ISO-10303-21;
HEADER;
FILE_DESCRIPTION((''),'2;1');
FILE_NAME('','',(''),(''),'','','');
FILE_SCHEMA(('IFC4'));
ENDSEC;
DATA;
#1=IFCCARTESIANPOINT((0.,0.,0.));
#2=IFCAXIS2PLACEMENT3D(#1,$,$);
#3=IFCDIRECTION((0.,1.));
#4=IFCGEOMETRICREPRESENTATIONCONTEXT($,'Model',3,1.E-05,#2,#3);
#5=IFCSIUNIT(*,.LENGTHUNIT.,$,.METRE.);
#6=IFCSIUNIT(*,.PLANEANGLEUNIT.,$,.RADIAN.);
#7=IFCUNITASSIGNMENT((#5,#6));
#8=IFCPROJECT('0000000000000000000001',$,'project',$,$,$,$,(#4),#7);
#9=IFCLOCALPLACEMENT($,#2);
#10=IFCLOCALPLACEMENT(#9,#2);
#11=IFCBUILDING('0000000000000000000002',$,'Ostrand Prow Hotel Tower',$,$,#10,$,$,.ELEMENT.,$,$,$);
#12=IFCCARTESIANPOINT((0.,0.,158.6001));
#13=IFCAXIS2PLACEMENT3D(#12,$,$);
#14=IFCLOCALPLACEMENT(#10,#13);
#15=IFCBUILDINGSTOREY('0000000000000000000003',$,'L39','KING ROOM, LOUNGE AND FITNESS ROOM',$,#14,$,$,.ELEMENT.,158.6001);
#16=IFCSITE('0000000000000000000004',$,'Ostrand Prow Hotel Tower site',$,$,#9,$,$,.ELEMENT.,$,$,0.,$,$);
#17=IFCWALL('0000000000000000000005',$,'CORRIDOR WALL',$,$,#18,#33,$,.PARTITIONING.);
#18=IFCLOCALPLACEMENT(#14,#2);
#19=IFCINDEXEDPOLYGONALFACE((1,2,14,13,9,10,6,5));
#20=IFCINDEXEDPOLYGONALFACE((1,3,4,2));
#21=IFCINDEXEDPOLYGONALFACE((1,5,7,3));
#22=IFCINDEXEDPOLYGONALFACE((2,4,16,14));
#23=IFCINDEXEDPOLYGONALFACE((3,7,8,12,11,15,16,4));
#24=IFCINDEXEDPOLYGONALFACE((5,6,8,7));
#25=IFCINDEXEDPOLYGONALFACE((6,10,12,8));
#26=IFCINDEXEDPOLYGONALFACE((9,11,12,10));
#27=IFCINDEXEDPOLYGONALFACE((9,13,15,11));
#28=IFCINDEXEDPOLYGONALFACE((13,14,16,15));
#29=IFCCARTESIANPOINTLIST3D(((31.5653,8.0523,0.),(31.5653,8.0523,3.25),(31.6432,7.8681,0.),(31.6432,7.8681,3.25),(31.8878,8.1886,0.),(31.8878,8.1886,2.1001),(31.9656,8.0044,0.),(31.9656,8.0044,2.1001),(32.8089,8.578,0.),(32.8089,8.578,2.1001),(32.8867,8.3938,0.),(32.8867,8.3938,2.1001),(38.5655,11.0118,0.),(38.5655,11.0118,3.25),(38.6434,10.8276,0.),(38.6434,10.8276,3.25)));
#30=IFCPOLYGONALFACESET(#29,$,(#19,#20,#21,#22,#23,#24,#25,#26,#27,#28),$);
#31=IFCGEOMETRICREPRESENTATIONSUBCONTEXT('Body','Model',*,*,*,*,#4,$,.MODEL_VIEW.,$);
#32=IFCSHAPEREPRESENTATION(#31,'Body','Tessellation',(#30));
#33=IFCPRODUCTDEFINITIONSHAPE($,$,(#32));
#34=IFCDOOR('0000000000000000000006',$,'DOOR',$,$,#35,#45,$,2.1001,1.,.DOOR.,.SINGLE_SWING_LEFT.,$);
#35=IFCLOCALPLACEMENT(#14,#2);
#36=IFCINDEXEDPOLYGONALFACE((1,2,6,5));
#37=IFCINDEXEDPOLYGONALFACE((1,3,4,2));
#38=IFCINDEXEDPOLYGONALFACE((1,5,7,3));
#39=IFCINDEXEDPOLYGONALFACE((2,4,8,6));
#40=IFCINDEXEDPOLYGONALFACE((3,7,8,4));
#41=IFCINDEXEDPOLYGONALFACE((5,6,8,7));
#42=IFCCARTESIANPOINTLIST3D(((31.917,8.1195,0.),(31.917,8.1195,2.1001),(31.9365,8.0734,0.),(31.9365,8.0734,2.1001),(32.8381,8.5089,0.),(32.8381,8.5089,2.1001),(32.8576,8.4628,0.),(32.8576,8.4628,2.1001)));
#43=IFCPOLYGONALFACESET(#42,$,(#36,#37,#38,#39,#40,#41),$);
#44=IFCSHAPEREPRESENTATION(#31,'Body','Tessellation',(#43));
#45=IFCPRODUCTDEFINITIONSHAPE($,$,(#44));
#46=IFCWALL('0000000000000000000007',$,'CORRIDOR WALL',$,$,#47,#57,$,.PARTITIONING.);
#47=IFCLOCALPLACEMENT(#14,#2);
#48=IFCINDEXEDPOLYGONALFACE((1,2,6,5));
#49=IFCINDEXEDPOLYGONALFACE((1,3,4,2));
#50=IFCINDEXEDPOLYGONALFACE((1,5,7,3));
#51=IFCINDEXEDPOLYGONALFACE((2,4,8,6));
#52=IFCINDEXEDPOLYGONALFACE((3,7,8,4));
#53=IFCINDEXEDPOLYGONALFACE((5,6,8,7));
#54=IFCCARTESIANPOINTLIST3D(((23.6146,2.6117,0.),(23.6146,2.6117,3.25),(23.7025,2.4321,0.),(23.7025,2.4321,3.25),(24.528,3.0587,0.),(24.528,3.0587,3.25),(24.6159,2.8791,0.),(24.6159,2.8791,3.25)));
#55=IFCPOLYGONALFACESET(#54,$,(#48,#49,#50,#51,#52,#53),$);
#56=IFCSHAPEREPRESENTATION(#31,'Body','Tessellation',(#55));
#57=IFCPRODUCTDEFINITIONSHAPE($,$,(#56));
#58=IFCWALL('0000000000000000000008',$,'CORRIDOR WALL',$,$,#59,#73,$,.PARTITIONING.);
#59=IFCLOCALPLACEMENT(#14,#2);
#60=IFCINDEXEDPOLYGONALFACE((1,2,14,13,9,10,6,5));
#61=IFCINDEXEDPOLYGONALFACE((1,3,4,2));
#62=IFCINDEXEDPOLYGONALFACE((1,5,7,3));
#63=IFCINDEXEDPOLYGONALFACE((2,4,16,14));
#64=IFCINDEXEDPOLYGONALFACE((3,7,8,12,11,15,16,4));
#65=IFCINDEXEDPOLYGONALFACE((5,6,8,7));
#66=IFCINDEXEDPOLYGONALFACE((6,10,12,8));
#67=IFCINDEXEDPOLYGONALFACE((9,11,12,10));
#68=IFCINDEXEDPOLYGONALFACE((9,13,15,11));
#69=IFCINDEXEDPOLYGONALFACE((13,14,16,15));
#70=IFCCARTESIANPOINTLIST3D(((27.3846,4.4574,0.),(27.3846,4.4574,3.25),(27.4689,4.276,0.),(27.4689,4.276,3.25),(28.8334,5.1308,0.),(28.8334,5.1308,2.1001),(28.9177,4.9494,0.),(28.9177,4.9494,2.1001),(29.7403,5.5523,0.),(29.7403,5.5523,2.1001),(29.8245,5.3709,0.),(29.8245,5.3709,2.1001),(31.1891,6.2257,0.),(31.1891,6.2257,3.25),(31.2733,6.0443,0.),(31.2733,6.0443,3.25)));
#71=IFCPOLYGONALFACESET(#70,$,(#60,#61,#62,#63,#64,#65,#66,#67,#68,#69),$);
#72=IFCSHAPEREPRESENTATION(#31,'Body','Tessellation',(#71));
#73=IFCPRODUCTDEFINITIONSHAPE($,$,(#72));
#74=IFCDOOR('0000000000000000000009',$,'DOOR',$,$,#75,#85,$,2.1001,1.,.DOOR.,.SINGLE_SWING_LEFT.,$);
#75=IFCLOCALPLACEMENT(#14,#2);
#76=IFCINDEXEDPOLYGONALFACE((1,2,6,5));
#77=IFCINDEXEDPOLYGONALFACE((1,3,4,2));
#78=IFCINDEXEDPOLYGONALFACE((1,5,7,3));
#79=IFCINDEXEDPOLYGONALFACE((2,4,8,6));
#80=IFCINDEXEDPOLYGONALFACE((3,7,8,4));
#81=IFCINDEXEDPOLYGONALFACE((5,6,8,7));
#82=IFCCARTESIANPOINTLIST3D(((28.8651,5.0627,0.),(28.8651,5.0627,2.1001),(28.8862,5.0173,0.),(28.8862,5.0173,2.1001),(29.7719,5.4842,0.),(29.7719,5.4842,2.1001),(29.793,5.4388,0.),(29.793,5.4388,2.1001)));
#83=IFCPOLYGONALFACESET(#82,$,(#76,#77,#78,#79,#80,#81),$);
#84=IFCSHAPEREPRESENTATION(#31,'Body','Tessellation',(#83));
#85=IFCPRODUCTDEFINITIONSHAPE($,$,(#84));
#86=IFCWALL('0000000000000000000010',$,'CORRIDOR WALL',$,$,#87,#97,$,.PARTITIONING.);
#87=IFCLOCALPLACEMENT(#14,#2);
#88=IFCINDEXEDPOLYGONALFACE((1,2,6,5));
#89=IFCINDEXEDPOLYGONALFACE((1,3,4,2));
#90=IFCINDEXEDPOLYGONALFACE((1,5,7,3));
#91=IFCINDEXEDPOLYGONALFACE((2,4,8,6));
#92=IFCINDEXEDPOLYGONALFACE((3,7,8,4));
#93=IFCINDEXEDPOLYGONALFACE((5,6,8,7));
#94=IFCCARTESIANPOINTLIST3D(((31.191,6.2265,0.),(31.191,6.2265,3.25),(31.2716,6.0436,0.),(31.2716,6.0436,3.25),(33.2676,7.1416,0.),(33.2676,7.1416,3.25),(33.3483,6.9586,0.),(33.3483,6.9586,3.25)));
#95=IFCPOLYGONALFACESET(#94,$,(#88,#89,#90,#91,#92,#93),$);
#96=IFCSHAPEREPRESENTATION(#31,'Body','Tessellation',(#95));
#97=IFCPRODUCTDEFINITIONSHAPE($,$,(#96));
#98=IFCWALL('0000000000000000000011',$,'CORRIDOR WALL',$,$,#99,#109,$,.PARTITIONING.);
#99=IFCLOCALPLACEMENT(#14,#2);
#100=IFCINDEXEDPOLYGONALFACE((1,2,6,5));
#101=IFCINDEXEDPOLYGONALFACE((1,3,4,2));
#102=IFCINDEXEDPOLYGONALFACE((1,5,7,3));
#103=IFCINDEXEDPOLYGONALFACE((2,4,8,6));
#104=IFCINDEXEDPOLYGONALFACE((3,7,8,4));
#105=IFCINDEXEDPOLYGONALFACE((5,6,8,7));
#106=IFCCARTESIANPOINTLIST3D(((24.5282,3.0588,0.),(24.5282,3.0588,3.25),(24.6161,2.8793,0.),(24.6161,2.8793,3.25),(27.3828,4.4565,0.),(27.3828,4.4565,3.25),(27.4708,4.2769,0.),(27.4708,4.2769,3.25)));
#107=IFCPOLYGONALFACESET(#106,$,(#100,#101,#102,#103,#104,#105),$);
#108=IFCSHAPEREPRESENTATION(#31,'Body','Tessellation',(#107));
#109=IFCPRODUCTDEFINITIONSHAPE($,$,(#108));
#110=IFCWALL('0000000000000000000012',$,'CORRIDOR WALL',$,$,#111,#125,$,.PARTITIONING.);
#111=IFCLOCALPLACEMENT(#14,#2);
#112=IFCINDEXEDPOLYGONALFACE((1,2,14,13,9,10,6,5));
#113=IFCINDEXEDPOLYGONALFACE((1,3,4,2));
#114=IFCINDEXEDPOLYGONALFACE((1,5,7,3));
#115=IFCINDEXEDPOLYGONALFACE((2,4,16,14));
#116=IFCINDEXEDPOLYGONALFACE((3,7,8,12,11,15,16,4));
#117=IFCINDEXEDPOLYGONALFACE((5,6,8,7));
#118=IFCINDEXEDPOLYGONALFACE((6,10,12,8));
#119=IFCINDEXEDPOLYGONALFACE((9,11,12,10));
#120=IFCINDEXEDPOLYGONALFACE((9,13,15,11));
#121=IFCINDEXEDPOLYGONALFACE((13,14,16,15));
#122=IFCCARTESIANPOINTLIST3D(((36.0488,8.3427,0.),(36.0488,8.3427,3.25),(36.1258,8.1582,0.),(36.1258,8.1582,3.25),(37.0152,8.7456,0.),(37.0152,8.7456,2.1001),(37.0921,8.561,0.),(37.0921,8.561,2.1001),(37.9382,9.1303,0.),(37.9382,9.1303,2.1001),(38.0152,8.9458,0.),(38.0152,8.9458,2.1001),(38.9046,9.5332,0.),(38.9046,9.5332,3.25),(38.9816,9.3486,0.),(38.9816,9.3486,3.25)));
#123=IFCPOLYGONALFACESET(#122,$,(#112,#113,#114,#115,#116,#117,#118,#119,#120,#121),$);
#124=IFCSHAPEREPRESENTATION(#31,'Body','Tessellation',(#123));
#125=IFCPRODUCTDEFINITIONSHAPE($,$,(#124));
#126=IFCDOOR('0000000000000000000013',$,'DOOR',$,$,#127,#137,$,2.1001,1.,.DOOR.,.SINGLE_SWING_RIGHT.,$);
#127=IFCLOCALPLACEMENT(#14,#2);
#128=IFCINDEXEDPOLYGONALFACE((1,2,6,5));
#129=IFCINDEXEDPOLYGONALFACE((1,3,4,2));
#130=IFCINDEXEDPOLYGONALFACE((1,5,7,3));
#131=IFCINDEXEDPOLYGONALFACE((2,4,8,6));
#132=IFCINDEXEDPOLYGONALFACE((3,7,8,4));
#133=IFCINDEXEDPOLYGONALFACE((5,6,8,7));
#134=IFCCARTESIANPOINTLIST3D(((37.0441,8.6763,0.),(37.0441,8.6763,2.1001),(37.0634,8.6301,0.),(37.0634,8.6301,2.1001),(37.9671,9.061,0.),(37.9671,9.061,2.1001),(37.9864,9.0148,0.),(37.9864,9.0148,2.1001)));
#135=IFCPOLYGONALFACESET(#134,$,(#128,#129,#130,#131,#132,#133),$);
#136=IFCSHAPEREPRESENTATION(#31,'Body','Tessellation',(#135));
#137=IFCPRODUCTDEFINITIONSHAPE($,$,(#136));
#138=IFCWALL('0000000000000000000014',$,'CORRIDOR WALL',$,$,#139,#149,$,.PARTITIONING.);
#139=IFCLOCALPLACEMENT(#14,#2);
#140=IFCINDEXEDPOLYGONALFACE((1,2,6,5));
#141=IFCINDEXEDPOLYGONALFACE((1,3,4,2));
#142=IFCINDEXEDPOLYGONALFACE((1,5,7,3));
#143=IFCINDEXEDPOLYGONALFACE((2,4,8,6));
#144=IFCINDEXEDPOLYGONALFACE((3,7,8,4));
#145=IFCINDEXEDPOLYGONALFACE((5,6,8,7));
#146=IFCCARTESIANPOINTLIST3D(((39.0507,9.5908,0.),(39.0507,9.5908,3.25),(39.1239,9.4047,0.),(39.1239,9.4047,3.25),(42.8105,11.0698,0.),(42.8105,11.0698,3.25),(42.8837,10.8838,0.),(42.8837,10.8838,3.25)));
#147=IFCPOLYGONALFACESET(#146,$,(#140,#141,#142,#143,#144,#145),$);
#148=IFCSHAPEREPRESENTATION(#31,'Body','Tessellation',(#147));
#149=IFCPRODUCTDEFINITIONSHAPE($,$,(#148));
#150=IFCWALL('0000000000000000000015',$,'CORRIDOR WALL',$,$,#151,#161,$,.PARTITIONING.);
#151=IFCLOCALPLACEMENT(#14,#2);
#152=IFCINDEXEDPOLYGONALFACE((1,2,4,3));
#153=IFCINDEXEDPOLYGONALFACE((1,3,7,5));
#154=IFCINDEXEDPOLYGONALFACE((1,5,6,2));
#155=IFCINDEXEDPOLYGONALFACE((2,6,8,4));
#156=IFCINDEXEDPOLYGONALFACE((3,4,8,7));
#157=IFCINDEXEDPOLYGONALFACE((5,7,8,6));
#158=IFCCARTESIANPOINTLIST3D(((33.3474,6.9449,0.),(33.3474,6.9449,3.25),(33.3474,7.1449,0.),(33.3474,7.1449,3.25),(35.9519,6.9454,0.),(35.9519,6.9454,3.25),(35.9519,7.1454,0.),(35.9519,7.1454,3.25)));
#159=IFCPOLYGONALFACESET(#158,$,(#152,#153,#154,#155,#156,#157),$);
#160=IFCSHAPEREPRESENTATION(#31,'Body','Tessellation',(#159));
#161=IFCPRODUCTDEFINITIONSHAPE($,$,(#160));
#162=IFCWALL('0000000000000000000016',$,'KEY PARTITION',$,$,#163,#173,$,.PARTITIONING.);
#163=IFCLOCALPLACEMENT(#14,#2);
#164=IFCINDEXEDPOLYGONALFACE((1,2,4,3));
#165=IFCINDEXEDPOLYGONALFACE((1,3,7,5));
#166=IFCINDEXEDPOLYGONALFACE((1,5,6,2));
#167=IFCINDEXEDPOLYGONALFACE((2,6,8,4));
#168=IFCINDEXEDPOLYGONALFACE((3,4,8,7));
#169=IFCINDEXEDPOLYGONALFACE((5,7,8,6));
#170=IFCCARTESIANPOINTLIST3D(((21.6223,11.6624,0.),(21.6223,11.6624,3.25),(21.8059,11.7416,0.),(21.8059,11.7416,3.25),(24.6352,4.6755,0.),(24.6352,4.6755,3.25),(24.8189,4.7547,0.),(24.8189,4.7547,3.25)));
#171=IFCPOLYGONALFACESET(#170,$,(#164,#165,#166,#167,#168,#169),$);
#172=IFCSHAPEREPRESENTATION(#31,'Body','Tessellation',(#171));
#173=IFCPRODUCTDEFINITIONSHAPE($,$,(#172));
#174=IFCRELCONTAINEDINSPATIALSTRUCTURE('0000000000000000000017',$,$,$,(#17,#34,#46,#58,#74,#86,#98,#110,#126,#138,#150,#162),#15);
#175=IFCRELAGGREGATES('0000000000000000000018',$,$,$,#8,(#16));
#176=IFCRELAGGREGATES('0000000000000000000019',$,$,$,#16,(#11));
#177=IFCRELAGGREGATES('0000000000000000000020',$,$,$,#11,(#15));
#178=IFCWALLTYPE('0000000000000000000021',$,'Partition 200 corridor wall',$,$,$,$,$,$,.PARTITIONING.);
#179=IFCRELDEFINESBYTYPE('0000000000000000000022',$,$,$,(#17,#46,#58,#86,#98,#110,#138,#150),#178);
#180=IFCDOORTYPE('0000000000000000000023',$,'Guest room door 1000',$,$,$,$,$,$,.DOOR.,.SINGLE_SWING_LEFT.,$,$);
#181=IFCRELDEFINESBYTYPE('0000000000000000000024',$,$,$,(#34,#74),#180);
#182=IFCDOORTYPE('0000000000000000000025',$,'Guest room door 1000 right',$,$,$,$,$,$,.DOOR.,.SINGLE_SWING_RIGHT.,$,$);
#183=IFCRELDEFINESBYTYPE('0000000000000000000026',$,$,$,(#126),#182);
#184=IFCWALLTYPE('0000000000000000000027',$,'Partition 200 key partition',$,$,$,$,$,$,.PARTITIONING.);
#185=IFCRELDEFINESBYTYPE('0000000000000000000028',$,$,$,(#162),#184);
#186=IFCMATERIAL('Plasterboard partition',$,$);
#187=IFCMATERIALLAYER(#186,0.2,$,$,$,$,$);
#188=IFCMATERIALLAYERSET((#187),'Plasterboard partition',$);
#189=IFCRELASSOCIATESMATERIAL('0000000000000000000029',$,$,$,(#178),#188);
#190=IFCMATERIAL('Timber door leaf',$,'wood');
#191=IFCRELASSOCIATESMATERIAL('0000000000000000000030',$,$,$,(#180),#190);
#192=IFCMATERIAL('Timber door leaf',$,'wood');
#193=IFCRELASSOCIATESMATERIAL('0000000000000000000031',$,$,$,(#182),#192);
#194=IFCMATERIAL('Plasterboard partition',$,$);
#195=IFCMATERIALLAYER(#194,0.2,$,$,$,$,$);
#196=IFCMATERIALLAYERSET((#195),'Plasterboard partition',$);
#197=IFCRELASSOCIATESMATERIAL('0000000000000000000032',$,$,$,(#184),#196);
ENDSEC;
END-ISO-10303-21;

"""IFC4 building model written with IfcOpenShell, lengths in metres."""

from ifc_helpers import new_model, si_unit, direction, frame, frame_2d, origin, place, context, subcontext, project, spatial, rectangle, extrude, material, layer, layer_set, type_object, element, fill, save


model = new_model("IFC4")

# Units and contexts
model_context = context("Model", 3, precision=1e-05, world=origin(), true_north=direction((0.0, 1.0)))
body_context = subcontext(model_context, "Body", "Model", "MODEL_VIEW")
ifc_project = project(units=[si_unit("LENGTHUNIT", "METRE"), si_unit("PLANEANGLEUNIT", "RADIAN")], contexts=[model_context])

# Site, building, storey
site_placement = place(None, origin())
site = spatial("IfcSite", under=ifc_project, at=site_placement, Name="Ostrand Prow Hotel Tower site", CompositionType="ELEMENT", RefElevation=0.0)
building_placement = place(site_placement, origin())
building = spatial("IfcBuilding", under=site, at=building_placement, Name="Ostrand Prow Hotel Tower", CompositionType="ELEMENT")
storey_placement = place(building_placement, frame((0.0, 0.0, 158.6001)))
storey = spatial("IfcBuildingStorey", under=building, at=storey_placement, Name="L39", Description="KING ROOM, LOUNGE AND FITNESS ROOM", CompositionType="ELEMENT", Elevation=158.6001)

# Wall, opening, door
ifc_material_1 = material(Name="Plasterboard partition")
ifc_layer_1 = layer(ifc_material_1, 0.2)
ifc_layer_set_1 = layer_set([ifc_layer_1], Name="Plasterboard partition")
wall_type_1 = type_object("IfcWallType", Name="Partition 200 corridor wall", PredefinedType="PARTITIONING", material=ifc_layer_set_1)
ifc_material_2 = material(Name="Timber door leaf", Category="wood")
door_type_1 = type_object("IfcDoorType", Name="Guest room door 1000", OperationType="SINGLE_SWING_LEFT", PredefinedType="DOOR", material=ifc_material_2)
wall_1_placement = place(storey_placement, frame((31.6042, 7.9602, 0.0), z_axis=(0.0, 0.0, 1.0), x_axis=(0.92107, 0.389398, 0.0)))
wall_1 = element("IfcWall", 1, at=wall_1_placement, inside=storey, type_object=wall_type_1, Name="CORRIDOR WALL", PredefinedType="PARTITIONING", context=body_context, shape_type="SweptSolid", body=[
    extrude(rectangle(XDim=7.6001, YDim=0.2, at=frame_2d((3.8, 0.0))), origin(), (0.0, 0.0, 1.0), 3.25),
])
opening_1_placement = place(wall_1_placement, frame((0.3501, 0.0, 0.0)))
opening_1 = element("IfcOpeningElement", 2, at=opening_1_placement, cuts=wall_1, PredefinedType="OPENING", context=body_context, shape_type="SweptSolid", body=[
    extrude(rectangle(XDim=1.0, YDim=2.1001, at=frame_2d((0.5, 1.05))), frame((0.0, 0.1099, 0.0), z_axis=(0.0, -1.0, 0.0), x_axis=(1.0, 0.0, 0.0)), (0.0, 0.0, 1.0), 0.22),
])
door_1_placement = place(opening_1_placement, origin())
door_1 = element("IfcDoor", 3, at=door_1_placement, inside=storey, type_object=door_type_1, Name="DOOR", OperationType="SINGLE_SWING_LEFT", OverallHeight=2.1001, OverallWidth=1.0, PredefinedType="DOOR", context=body_context, shape_type="SweptSolid", body=[
    extrude(rectangle(XDim=1.0, YDim=2.1001, at=frame_2d((0.5, 1.05))), frame((0.0, 0.0249, 0.0), z_axis=(0.0, -1.0, 0.0), x_axis=(1.0, 0.0, 0.0)), (0.0, 0.0, 1.0), 0.05),
])
fill(opening_1, door_1)

# Wall
wall_2_placement = place(storey_placement, frame((23.6587, 2.522, 0.0), z_axis=(0.0, 0.0, 1.0), x_axis=(0.898188, 0.439611, 0.0)))
element("IfcWall", 4, at=wall_2_placement, inside=storey, type_object=wall_type_1, Name="CORRIDOR WALL", PredefinedType="PARTITIONING", context=body_context, shape_type="SweptSolid", body=[
    extrude(rectangle(XDim=1.0168, YDim=0.2, at=frame_2d((0.5083, 0.0))), origin(), (0.0, 0.0, 1.0), 3.25),
])

# Wall, opening, door
wall_3_placement = place(storey_placement, frame((27.4268, 4.3667, 0.0), z_axis=(0.0, 0.0, 1.0), x_axis=(0.90683, 0.421496, 0.0)))
wall_3 = element("IfcWall", 5, at=wall_3_placement, inside=storey, type_object=wall_type_1, Name="CORRIDOR WALL", PredefinedType="PARTITIONING", context=body_context, shape_type="SweptSolid", body=[
    extrude(rectangle(XDim=4.1953, YDim=0.2, at=frame_2d((2.0977, 0.0))), origin(), (0.0, 0.0, 1.0), 3.25),
])
opening_2_placement = place(wall_3_placement, frame((1.5977, 0.0, 0.0)))
opening_2 = element("IfcOpeningElement", 6, at=opening_2_placement, cuts=wall_3, PredefinedType="OPENING", context=body_context, shape_type="SweptSolid", body=[
    extrude(rectangle(XDim=1.0, YDim=2.1001, at=frame_2d((0.5, 1.05))), frame((0.0, 0.1099, 0.0), z_axis=(0.0, -1.0, 0.0), x_axis=(1.0, 0.0, 0.0)), (0.0, 0.0, 1.0), 0.22),
])
door_2_placement = place(opening_2_placement, origin())
door_2 = element("IfcDoor", 7, at=door_2_placement, inside=storey, type_object=door_type_1, Name="DOOR", OperationType="SINGLE_SWING_LEFT", OverallHeight=2.1001, OverallWidth=1.0, PredefinedType="DOOR", context=body_context, shape_type="SweptSolid", body=[
    extrude(rectangle(XDim=1.0, YDim=2.1001, at=frame_2d((0.5, 1.05))), frame((0.0, 0.0249, 0.0), z_axis=(0.0, -1.0, 0.0), x_axis=(1.0, 0.0, 0.0)), (0.0, 0.0, 1.0), 0.05),
])
fill(opening_2, door_2)

# Walls
wall_4_placement = place(storey_placement, frame((31.2312, 6.135, 0.0), z_axis=(0.0, 0.0, 1.0), x_axis=(0.915102, 0.403222, 0.0)))
element("IfcWall", 8, at=wall_4_placement, inside=storey, type_object=wall_type_1, Name="CORRIDOR WALL", PredefinedType="PARTITIONING", context=body_context, shape_type="SweptSolid", body=[
    extrude(rectangle(XDim=2.2693, YDim=0.2, at=frame_2d((1.1348, 0.0))), origin(), (0.0, 0.0, 1.0), 3.25),
])
wall_5_placement = place(storey_placement, frame((24.572, 2.969, 0.0), z_axis=(0.0, 0.0, 1.0), x_axis=(0.898129, 0.439732, 0.0)))
element("IfcWall", 9, at=wall_5_placement, inside=storey, type_object=wall_type_1, Name="CORRIDOR WALL", PredefinedType="PARTITIONING", context=body_context, shape_type="SweptSolid", body=[
    extrude(rectangle(XDim=3.1785, YDim=0.2, at=frame_2d((1.5894, 0.0))), origin(), (0.0, 0.0, 1.0), 3.25),
])

# Wall, opening, door
wall_6_placement = place(storey_placement, frame((36.0874, 8.2505, 0.0), z_axis=(0.0, 0.0, 1.0), x_axis=(0.923014, 0.384767, 0.0)))
wall_6 = element("IfcWall", 10, at=wall_6_placement, inside=storey, type_object=wall_type_1, Name="CORRIDOR WALL", PredefinedType="PARTITIONING", context=body_context, shape_type="SweptSolid", body=[
    extrude(rectangle(XDim=3.094, YDim=0.2, at=frame_2d((1.5469, 0.0))), origin(), (0.0, 0.0, 1.0), 3.25),
])
opening_3_placement = place(wall_6_placement, frame((1.0469, 0.0, 0.0)))
opening_3 = element("IfcOpeningElement", 11, at=opening_3_placement, cuts=wall_6, PredefinedType="OPENING", context=body_context, shape_type="SweptSolid", body=[
    extrude(rectangle(XDim=1.0, YDim=2.1001, at=frame_2d((0.5, 1.05))), frame((0.0, 0.1099, 0.0), z_axis=(0.0, -1.0, 0.0), x_axis=(1.0, 0.0, 0.0)), (0.0, 0.0, 1.0), 0.22),
])
ifc_material_3 = material(Name="Timber door leaf", Category="wood")
door_type_2 = type_object("IfcDoorType", Name="Guest room door 1000 right", OperationType="SINGLE_SWING_RIGHT", PredefinedType="DOOR", material=ifc_material_3)
door_3_placement = place(opening_3_placement, origin())
door_3 = element("IfcDoor", 12, at=door_3_placement, inside=storey, type_object=door_type_2, Name="DOOR", OperationType="SINGLE_SWING_RIGHT", OverallHeight=2.1001, OverallWidth=1.0, PredefinedType="DOOR", context=body_context, shape_type="SweptSolid", body=[
    extrude(rectangle(XDim=1.0, YDim=2.1001, at=frame_2d((0.5, 1.05))), frame((0.0, 0.0249, 0.0), z_axis=(0.0, -1.0, 0.0), x_axis=(1.0, 0.0, 0.0)), (0.0, 0.0, 1.0), 0.05),
])
fill(opening_3, door_3)

# Walls
wall_7_placement = place(storey_placement, frame((39.0874, 9.4978, 0.0), z_axis=(0.0, 0.0, 1.0), x_axis=(0.930587, 0.366071, 0.0)))
element("IfcWall", 13, at=wall_7_placement, inside=storey, type_object=wall_type_1, Name="CORRIDOR WALL", PredefinedType="PARTITIONING", context=body_context, shape_type="SweptSolid", body=[
    extrude(rectangle(XDim=4.0403, YDim=0.2, at=frame_2d((2.02, 0.0))), origin(), (0.0, 0.0, 1.0), 3.25),
])
wall_8_placement = place(storey_placement, frame((33.3474, 7.0449, 0.0), z_axis=(0.0, 0.0, 1.0), x_axis=(1.0, 0.000187, 0.0)))
element("IfcWall", 14, at=wall_8_placement, inside=storey, type_object=wall_type_1, Name="CORRIDOR WALL", PredefinedType="PARTITIONING", context=body_context, shape_type="SweptSolid", body=[
    extrude(rectangle(XDim=2.6045, YDim=0.2, at=frame_2d((1.3022, 0.0))), origin(), (0.0, 0.0, 1.0), 3.25),
])
ifc_material_4 = material(Name="Plasterboard partition")
ifc_layer_2 = layer(ifc_material_4, 0.2)
ifc_layer_set_2 = layer_set([ifc_layer_2], Name="Plasterboard partition")
wall_type_2 = type_object("IfcWallType", Name="Partition 200 key partition", PredefinedType="PARTITIONING", material=ifc_layer_set_2)
wall_9_placement = place(storey_placement, frame((24.7271, 4.7151, 0.0), z_axis=(0.0, 0.0, 1.0), x_axis=(-0.395982, 0.918258, 0.0)))
element("IfcWall", 15, at=wall_9_placement, inside=storey, type_object=wall_type_2, Name="KEY PARTITION", PredefinedType="PARTITIONING", context=body_context, shape_type="SweptSolid", body=[
    extrude(rectangle(XDim=7.6089, YDim=0.2, at=frame_2d((3.8044, 0.0))), origin(), (0.0, 0.0, 1.0), 3.25),
])

save(model, "model.ifc")
